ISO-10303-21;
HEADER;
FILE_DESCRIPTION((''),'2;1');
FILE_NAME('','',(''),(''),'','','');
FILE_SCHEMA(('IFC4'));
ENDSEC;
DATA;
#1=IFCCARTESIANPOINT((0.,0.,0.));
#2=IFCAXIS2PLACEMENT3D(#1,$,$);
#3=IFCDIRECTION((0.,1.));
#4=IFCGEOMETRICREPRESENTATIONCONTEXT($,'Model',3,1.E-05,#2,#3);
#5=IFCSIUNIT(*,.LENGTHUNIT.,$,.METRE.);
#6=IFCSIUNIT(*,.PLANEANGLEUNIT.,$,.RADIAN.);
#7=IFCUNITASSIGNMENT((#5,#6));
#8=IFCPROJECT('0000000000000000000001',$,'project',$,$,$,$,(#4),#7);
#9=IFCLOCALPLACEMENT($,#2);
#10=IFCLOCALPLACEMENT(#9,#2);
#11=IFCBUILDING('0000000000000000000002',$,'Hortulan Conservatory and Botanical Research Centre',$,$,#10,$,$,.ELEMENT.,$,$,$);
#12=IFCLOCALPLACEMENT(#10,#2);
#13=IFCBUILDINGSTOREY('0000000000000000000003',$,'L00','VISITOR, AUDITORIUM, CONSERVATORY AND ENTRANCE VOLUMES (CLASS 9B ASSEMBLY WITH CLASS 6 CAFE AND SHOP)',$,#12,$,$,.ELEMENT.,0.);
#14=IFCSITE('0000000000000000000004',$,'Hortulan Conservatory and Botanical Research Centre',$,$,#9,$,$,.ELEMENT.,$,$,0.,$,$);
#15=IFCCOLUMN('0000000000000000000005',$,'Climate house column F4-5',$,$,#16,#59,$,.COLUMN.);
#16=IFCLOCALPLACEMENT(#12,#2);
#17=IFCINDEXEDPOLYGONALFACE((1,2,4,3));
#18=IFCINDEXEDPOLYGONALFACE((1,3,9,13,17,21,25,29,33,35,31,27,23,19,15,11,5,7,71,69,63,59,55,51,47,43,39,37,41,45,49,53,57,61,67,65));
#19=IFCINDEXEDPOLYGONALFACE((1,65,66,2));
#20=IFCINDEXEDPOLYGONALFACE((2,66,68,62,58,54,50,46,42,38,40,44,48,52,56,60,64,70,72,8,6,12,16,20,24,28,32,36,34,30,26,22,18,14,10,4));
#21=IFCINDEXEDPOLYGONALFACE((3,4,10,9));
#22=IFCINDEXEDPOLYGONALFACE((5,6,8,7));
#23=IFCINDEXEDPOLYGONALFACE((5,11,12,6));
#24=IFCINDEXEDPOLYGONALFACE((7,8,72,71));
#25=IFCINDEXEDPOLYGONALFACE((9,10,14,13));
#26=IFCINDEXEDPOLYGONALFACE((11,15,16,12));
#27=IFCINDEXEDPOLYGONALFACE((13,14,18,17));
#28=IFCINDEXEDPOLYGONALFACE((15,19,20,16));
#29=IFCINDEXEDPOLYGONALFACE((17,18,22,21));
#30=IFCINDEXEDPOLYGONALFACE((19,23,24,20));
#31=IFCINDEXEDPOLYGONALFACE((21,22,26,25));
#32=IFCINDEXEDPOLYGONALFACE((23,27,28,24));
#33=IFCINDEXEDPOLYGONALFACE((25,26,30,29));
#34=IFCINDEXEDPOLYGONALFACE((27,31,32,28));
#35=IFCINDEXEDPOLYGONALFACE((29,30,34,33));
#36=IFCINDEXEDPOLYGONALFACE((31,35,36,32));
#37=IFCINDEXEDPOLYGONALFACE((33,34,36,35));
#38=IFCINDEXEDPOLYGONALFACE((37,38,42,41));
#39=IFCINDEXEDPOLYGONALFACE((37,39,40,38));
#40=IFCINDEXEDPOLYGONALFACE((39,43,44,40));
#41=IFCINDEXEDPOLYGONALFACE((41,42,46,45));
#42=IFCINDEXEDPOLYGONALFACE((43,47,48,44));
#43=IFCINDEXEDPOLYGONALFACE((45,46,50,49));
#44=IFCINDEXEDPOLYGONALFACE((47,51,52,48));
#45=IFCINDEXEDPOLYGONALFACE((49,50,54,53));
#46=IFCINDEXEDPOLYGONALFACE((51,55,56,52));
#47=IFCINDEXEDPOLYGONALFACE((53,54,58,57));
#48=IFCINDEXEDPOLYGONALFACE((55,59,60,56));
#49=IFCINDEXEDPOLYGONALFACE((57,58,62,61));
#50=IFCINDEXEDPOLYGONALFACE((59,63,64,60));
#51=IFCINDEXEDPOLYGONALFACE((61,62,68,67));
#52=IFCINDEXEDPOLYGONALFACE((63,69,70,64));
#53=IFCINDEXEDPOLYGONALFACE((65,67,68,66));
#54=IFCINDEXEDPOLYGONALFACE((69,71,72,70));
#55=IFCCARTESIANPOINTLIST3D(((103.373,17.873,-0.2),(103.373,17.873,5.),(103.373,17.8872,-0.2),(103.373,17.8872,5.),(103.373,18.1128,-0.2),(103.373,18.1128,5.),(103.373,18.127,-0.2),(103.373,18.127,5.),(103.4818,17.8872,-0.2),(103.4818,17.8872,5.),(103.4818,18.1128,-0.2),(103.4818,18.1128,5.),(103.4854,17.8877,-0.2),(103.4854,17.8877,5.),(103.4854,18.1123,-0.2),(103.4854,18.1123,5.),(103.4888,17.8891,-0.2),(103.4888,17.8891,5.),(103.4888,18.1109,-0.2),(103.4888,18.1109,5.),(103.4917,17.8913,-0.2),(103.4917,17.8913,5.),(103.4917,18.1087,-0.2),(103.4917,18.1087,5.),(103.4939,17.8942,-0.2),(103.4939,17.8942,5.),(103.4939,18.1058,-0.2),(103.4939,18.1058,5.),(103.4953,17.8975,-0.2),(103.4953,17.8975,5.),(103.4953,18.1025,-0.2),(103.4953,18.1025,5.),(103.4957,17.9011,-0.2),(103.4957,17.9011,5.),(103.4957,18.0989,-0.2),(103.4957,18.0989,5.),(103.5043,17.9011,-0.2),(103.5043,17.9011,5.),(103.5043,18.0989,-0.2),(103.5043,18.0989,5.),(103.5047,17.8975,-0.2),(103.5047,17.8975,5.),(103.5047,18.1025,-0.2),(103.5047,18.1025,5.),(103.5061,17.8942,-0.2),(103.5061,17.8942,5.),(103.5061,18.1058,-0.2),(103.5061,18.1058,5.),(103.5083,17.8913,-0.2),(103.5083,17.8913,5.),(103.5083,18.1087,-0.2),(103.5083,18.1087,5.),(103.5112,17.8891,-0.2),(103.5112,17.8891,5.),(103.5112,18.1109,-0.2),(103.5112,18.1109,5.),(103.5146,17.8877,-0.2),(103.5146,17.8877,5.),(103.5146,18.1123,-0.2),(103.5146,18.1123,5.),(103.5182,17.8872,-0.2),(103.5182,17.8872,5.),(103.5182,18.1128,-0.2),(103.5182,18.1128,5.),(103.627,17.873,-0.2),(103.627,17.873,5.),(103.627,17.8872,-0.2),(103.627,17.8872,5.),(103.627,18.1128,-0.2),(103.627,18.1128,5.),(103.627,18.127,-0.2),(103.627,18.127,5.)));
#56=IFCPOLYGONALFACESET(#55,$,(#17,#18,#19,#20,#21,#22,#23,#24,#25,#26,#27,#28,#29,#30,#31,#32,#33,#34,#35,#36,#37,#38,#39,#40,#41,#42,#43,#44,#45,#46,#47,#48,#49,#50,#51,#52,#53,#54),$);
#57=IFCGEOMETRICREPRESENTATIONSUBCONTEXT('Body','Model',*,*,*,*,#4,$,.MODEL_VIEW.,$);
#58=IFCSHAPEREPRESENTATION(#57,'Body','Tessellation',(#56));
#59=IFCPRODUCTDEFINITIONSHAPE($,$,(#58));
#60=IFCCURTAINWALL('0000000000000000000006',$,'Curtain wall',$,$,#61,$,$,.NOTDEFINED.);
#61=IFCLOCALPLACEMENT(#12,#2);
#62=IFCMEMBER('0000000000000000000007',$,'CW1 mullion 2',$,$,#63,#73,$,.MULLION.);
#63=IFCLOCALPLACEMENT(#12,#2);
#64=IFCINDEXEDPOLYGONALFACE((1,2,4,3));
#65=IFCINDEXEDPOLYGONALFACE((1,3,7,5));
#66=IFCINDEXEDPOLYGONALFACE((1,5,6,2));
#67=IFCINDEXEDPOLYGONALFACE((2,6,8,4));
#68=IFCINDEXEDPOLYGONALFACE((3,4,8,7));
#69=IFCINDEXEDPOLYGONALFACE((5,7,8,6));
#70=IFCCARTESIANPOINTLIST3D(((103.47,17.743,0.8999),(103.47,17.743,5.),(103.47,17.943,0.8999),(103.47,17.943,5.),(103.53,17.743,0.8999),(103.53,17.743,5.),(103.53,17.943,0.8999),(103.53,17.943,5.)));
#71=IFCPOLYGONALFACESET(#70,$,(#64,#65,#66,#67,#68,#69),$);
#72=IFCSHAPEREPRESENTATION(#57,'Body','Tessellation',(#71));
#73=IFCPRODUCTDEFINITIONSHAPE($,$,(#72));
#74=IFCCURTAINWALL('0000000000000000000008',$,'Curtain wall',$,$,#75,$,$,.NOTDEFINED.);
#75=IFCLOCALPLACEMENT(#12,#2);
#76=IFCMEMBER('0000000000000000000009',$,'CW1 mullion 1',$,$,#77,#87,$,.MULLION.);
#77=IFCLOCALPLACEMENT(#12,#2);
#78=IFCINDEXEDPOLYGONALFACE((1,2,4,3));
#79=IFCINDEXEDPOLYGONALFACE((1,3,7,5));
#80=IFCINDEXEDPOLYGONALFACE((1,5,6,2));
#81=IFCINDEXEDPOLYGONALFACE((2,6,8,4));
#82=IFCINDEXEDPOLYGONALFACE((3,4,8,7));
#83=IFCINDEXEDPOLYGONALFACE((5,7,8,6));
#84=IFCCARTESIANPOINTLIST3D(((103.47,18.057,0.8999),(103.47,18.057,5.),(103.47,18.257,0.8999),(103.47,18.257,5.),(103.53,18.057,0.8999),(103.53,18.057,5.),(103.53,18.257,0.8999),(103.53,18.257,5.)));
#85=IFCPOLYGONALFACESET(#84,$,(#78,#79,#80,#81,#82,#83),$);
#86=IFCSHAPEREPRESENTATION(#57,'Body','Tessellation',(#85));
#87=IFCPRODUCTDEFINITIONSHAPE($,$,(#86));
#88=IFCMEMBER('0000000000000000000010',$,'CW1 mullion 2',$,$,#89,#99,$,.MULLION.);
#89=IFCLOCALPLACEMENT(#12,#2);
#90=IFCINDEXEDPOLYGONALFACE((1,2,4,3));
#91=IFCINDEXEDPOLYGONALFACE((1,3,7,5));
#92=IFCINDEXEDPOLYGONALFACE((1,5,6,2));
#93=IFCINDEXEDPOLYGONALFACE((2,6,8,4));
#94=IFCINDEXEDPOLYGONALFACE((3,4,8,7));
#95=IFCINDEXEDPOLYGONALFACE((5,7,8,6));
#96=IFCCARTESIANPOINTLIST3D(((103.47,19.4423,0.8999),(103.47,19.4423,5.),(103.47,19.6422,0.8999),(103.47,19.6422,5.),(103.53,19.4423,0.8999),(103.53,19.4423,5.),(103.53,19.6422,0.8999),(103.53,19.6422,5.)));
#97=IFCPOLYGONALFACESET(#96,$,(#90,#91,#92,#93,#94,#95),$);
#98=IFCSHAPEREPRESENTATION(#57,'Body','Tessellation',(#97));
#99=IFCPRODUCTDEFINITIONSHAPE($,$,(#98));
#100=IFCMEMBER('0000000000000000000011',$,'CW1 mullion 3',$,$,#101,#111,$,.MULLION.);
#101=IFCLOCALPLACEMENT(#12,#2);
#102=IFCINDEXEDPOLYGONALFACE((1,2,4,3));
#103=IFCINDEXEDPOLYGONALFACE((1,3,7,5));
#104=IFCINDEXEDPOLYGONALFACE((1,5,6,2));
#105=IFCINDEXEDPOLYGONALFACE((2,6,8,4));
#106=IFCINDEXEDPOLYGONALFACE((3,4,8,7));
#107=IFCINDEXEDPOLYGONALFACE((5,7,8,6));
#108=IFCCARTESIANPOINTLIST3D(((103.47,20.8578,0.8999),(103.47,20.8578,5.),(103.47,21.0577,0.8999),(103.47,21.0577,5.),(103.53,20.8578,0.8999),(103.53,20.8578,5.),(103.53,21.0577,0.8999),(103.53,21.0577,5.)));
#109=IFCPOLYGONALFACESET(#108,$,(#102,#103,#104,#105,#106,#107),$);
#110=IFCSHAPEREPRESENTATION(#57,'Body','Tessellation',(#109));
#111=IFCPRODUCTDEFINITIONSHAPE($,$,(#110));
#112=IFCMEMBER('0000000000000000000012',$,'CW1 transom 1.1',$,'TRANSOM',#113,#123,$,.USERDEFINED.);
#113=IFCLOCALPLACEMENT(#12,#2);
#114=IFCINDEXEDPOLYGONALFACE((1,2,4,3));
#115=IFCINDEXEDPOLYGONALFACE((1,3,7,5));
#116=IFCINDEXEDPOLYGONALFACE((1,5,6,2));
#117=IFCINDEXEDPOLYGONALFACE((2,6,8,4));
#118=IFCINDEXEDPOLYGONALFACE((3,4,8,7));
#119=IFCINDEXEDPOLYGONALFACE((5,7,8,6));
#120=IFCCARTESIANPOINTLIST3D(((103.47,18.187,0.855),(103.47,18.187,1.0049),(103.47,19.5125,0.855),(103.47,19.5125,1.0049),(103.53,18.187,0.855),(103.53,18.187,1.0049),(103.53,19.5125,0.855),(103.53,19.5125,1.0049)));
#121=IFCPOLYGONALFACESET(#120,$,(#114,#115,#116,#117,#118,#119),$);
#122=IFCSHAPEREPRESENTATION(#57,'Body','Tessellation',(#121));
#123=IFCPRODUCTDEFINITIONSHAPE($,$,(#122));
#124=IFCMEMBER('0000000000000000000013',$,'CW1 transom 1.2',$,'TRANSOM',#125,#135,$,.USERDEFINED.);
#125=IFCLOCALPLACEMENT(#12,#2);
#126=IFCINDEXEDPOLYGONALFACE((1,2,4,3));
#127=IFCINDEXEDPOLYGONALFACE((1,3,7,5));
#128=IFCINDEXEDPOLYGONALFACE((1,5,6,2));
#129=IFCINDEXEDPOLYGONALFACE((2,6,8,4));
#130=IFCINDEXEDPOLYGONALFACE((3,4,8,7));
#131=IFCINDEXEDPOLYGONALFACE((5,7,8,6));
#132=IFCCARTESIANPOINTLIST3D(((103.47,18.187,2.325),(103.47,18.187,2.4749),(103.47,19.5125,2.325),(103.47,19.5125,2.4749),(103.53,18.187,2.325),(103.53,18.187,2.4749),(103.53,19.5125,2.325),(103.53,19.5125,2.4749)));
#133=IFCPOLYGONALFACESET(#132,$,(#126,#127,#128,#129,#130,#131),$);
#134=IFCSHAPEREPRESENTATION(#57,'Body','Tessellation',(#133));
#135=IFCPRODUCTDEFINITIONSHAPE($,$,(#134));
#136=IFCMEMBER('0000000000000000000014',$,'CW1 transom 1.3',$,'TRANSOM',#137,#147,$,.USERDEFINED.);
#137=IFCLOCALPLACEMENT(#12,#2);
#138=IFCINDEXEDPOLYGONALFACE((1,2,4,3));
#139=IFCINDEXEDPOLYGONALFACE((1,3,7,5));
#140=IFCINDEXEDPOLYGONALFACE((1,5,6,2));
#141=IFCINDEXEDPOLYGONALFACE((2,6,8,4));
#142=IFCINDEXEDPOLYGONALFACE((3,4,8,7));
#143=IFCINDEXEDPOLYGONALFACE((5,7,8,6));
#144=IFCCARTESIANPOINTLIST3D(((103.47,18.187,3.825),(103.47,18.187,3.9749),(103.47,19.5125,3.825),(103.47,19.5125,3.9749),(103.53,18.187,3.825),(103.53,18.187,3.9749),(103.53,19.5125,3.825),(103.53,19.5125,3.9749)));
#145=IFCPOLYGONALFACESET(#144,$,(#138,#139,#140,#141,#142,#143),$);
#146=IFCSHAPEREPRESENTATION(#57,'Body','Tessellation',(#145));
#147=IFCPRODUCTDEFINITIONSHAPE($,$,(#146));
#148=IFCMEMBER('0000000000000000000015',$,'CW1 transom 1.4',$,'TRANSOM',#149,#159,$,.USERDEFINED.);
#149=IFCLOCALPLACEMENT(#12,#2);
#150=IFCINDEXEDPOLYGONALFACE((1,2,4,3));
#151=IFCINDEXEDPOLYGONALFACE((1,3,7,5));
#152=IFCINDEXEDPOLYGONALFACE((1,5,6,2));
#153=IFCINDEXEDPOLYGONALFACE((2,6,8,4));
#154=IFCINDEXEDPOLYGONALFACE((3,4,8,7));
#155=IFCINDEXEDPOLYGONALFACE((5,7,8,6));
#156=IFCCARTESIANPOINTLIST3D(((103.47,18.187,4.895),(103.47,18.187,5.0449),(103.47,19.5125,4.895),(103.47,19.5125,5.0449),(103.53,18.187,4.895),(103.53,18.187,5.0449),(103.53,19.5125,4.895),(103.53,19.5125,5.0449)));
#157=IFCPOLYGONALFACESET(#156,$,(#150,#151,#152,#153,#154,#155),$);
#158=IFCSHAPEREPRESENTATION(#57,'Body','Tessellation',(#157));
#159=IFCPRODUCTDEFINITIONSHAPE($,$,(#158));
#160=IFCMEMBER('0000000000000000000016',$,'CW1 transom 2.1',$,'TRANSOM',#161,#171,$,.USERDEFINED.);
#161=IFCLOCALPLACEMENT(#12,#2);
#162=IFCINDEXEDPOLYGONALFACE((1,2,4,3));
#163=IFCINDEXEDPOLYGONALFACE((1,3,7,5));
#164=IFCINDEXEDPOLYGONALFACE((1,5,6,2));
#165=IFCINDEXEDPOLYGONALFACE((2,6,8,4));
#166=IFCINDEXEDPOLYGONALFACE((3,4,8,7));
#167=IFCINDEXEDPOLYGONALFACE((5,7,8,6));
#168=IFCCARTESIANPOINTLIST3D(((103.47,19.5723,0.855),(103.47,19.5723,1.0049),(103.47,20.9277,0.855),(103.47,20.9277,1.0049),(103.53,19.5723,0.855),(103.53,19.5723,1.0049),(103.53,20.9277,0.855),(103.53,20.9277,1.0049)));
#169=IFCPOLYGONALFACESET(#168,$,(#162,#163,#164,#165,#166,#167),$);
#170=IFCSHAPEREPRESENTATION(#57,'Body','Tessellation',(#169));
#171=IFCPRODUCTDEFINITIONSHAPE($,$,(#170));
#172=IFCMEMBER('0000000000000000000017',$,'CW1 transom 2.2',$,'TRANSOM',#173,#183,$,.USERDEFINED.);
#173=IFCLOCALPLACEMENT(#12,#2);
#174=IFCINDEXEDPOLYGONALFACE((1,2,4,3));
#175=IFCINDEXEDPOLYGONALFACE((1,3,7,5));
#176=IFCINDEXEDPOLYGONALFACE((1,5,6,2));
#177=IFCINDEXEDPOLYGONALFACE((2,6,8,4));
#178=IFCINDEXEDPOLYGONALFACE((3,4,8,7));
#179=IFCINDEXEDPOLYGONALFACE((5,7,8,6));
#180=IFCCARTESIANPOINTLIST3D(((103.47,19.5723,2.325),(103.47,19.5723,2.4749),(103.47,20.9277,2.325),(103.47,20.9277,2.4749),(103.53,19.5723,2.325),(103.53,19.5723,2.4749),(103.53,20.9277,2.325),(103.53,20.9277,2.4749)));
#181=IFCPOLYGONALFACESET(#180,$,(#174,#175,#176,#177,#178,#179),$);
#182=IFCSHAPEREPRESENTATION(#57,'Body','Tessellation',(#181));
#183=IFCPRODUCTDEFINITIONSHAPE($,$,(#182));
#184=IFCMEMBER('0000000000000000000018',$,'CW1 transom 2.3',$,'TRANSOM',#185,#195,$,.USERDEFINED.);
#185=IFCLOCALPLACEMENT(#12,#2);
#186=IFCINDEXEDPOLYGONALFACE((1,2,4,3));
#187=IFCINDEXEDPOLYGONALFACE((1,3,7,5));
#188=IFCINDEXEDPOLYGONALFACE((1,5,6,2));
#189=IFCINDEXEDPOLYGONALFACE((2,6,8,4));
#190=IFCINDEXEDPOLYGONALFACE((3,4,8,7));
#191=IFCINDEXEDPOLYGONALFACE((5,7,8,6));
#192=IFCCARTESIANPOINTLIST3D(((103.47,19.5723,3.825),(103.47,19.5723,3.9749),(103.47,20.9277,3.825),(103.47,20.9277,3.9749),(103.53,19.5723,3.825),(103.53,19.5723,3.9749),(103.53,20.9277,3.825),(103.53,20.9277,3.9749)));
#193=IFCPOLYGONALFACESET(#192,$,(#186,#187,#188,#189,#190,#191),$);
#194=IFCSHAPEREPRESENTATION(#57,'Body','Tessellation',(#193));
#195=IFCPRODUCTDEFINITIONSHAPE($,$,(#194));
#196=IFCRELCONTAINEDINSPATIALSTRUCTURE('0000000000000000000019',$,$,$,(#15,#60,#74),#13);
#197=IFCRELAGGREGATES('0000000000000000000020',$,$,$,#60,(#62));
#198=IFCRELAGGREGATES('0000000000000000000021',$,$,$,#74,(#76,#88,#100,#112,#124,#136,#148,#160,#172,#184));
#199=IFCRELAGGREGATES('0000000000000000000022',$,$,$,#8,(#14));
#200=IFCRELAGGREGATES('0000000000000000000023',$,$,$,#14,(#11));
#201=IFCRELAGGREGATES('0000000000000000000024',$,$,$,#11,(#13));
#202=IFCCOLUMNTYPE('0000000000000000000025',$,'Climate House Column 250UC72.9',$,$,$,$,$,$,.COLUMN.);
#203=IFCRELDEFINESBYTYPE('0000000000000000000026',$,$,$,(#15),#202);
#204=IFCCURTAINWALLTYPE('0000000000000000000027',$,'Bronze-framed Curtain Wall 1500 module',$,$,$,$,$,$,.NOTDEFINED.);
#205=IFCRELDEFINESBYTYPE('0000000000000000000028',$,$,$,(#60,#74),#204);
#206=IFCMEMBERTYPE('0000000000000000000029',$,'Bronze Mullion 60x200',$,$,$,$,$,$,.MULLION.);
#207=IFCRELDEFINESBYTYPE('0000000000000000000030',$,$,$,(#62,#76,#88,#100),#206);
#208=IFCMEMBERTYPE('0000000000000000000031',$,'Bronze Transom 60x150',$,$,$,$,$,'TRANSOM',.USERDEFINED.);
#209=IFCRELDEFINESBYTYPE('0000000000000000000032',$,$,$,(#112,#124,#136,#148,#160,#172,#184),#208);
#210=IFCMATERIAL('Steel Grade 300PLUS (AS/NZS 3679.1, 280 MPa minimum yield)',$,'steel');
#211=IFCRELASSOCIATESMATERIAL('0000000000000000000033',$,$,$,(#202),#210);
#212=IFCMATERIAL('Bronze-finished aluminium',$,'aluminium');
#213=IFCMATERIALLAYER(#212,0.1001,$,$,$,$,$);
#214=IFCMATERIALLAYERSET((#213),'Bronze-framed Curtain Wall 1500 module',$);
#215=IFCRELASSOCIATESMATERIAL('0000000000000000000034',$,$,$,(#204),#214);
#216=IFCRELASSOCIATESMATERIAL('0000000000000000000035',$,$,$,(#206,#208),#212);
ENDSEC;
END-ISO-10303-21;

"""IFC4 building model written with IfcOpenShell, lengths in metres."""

from ifc_helpers import new_model, si_unit, direction, frame, origin, origin_2d, place, context, subcontext, project, spatial, rectangle, i_section, extrude, material, layer, layer_set, material_profile, profile_set, type_object, element, aggregate, save


model = new_model("IFC4")

# Units and contexts
model_context = context("Model", 3, precision=1e-05, world=origin(), true_north=direction((0.0, 1.0)))
body_context = subcontext(model_context, "Body", "Model", "MODEL_VIEW")
ifc_project = project(units=[si_unit("LENGTHUNIT", "METRE"), si_unit("PLANEANGLEUNIT", "RADIAN")], contexts=[model_context])

# Site, building, storey
site_placement = place(None, origin())
site = spatial("IfcSite", under=ifc_project, at=site_placement, Name="Hortulan Conservatory and Botanical Research Centre", CompositionType="ELEMENT", RefElevation=0.0)
building_placement = place(site_placement, origin())
building = spatial("IfcBuilding", under=site, at=building_placement, Name="Hortulan Conservatory and Botanical Research Centre", CompositionType="ELEMENT")
storey_placement = place(building_placement, origin())
storey = spatial("IfcBuildingStorey", under=building, at=storey_placement, Name="L00", Description="VISITOR, AUDITORIUM, CONSERVATORY AND ENTRANCE VOLUMES (CLASS 9B ASSEMBLY WITH CLASS 6 CAFE AND SHOP)", CompositionType="ELEMENT", Elevation=0.0)

# Column
ifc_material_1 = material(Name="Steel Grade 300PLUS (AS/NZS 3679.1, 280 MPa minimum yield)", Category="steel")
ifc_material_profile_1 = material_profile(ifc_material_1, i_section(OverallWidth=0.2539, OverallDepth=0.2539, WebThickness=0.0085, FlangeThickness=0.0142, FilletRadius=0.0139, at=origin_2d()), Name="250UC72.9")
ifc_profile_set_1 = profile_set([ifc_material_profile_1], Name="Steel Grade 300PLUS (AS/NZS 3679.1, 280 MPa minimum yield)")
column_type = type_object("IfcColumnType", Name="Climate House Column 250UC72.9", PredefinedType="COLUMN", material=ifc_profile_set_1)
column_placement = place(storey_placement, frame((103.5, 18.0, -0.2), z_axis=(0.0, 0.0, 1.0), x_axis=(1.0, 0.0, 0.0)))
element("IfcColumn", 1, at=column_placement, inside=storey, type_object=column_type, Name="Climate house column F4-5", PredefinedType="COLUMN", context=body_context, shape_type="SweptSolid", body=[
    extrude(i_section(OverallWidth=0.2539, OverallDepth=0.2539, WebThickness=0.0085, FlangeThickness=0.0142, FilletRadius=0.0139, at=origin_2d()), origin(), (0.0, 0.0, 1.0), 5.2),
])

# Curtain wall, member
ifc_material_2 = material(Name="Bronze-finished aluminium", Category="aluminium")
ifc_layer_1 = layer(ifc_material_2, 0.1001)
ifc_layer_set_1 = layer_set([ifc_layer_1], Name="Bronze-framed Curtain Wall 1500 module")
curtain_wall_type = type_object("IfcCurtainWallType", Name="Bronze-framed Curtain Wall 1500 module", PredefinedType="NOTDEFINED", material=ifc_layer_set_1)
curtain_wall_1_placement = place(storey_placement, origin())
curtain_wall_1 = element("IfcCurtainWall", 2, at=curtain_wall_1_placement, inside=storey, type_object=curtain_wall_type, Name="Curtain wall", PredefinedType="NOTDEFINED")
ifc_material_profile_2 = material_profile(ifc_material_2, rectangle(XDim=0.0601, YDim=0.2, at=origin_2d()), Name="Bronze Mullion 60x200")
ifc_profile_set_2 = profile_set([ifc_material_profile_2], Name="Bronze-finished aluminium")
member_type_1 = type_object("IfcMemberType", Name="Bronze Mullion 60x200", PredefinedType="MULLION", material=ifc_profile_set_2)
member_1_placement = place(storey_placement, frame((103.5, 17.843, 0.8999), z_axis=(0.0, 0.0, 1.0), x_axis=(-1.0, 0.0, 0.0)))
member_1 = element("IfcMember", 3, at=member_1_placement, type_object=member_type_1, Name="CW1 mullion 2", PredefinedType="MULLION", context=body_context, shape_type="SweptSolid", body=[
    extrude(rectangle(XDim=0.0601, YDim=0.2, at=origin_2d()), origin(), (0.0, 0.0, 1.0), 4.1001),
])

# Curtain wall, members
curtain_wall_2_placement = place(storey_placement, origin())
curtain_wall_2 = element("IfcCurtainWall", 4, at=curtain_wall_2_placement, inside=storey, type_object=curtain_wall_type, Name="Curtain wall", PredefinedType="NOTDEFINED")
member_2_placement = place(storey_placement, frame((103.5, 18.157, 0.8999), z_axis=(0.0, 0.0, 1.0), x_axis=(-1.0, 0.0, 0.0)))
member_2 = element("IfcMember", 5, at=member_2_placement, type_object=member_type_1, Name="CW1 mullion 1", PredefinedType="MULLION", context=body_context, shape_type="SweptSolid", body=[
    extrude(rectangle(XDim=0.0601, YDim=0.2, at=origin_2d()), origin(), (0.0, 0.0, 1.0), 4.1001),
])
member_3_placement = place(storey_placement, frame((103.5, 19.5422, 0.8999), z_axis=(0.0, 0.0, 1.0), x_axis=(-1.0, 0.0, 0.0)))
member_3 = element("IfcMember", 6, at=member_3_placement, type_object=member_type_1, Name="CW1 mullion 2", PredefinedType="MULLION", context=body_context, shape_type="SweptSolid", body=[
    extrude(rectangle(XDim=0.0601, YDim=0.2, at=origin_2d()), origin(), (0.0, 0.0, 1.0), 4.1001),
])
member_4_placement = place(storey_placement, frame((103.5, 20.9578, 0.8999), z_axis=(0.0, 0.0, 1.0), x_axis=(-1.0, 0.0, 0.0)))
member_4 = element("IfcMember", 7, at=member_4_placement, type_object=member_type_1, Name="CW1 mullion 3", PredefinedType="MULLION", context=body_context, shape_type="SweptSolid", body=[
    extrude(rectangle(XDim=0.0601, YDim=0.2, at=origin_2d()), origin(), (0.0, 0.0, 1.0), 4.1001),
])
ifc_material_profile_3 = material_profile(ifc_material_2, rectangle(XDim=0.0601, YDim=0.1499, at=origin_2d()), Name="Bronze Transom 60x150")
ifc_profile_set_3 = profile_set([ifc_material_profile_3], Name="Bronze-finished aluminium")
member_type_2 = type_object("IfcMemberType", Name="Bronze Transom 60x150", ElementType="TRANSOM", PredefinedType="USERDEFINED", material=ifc_profile_set_3)
member_5_placement = place(storey_placement, frame((103.5, 18.187, 0.9299), z_axis=(0.0, 1.0, 0.0), x_axis=(-1.0, 0.0, 0.0)))
member_5 = element("IfcMember", 8, at=member_5_placement, type_object=member_type_2, Name="CW1 transom 1.1", ObjectType="TRANSOM", PredefinedType="USERDEFINED", context=body_context, shape_type="SweptSolid", body=[
    extrude(rectangle(XDim=0.0601, YDim=0.1499, at=origin_2d()), origin(), (0.0, 0.0, 1.0), 1.3254),
])
member_6_placement = place(storey_placement, frame((103.5, 18.187, 2.3999), z_axis=(0.0, 1.0, 0.0), x_axis=(-1.0, 0.0, 0.0)))
member_6 = element("IfcMember", 9, at=member_6_placement, type_object=member_type_2, Name="CW1 transom 1.2", ObjectType="TRANSOM", PredefinedType="USERDEFINED", context=body_context, shape_type="SweptSolid", body=[
    extrude(rectangle(XDim=0.0601, YDim=0.1499, at=origin_2d()), origin(), (0.0, 0.0, 1.0), 1.3254),
])
member_7_placement = place(storey_placement, frame((103.5, 18.187, 3.8999), z_axis=(0.0, 1.0, 0.0), x_axis=(-1.0, 0.0, 0.0)))
member_7 = element("IfcMember", 10, at=member_7_placement, type_object=member_type_2, Name="CW1 transom 1.3", ObjectType="TRANSOM", PredefinedType="USERDEFINED", context=body_context, shape_type="SweptSolid", body=[
    extrude(rectangle(XDim=0.0601, YDim=0.1499, at=origin_2d()), origin(), (0.0, 0.0, 1.0), 1.3254),
])
member_8_placement = place(storey_placement, frame((103.5, 18.187, 4.97), z_axis=(0.0, 1.0, 0.0), x_axis=(-1.0, 0.0, 0.0)))
member_8 = element("IfcMember", 11, at=member_8_placement, type_object=member_type_2, Name="CW1 transom 1.4", ObjectType="TRANSOM", PredefinedType="USERDEFINED", context=body_context, shape_type="SweptSolid", body=[
    extrude(rectangle(XDim=0.0601, YDim=0.1499, at=origin_2d()), origin(), (0.0, 0.0, 1.0), 1.3254),
])
member_9_placement = place(storey_placement, frame((103.5, 19.5723, 0.9299), z_axis=(0.0, 1.0, 0.0), x_axis=(-1.0, 0.0, 0.0)))
member_9 = element("IfcMember", 12, at=member_9_placement, type_object=member_type_2, Name="CW1 transom 2.1", ObjectType="TRANSOM", PredefinedType="USERDEFINED", context=body_context, shape_type="SweptSolid", body=[
    extrude(rectangle(XDim=0.0601, YDim=0.1499, at=origin_2d()), origin(), (0.0, 0.0, 1.0), 1.3555),
])
member_10_placement = place(storey_placement, frame((103.5, 19.5723, 2.3999), z_axis=(0.0, 1.0, 0.0), x_axis=(-1.0, 0.0, 0.0)))
member_10 = element("IfcMember", 13, at=member_10_placement, type_object=member_type_2, Name="CW1 transom 2.2", ObjectType="TRANSOM", PredefinedType="USERDEFINED", context=body_context, shape_type="SweptSolid", body=[
    extrude(rectangle(XDim=0.0601, YDim=0.1499, at=origin_2d()), origin(), (0.0, 0.0, 1.0), 1.3555),
])
member_11_placement = place(storey_placement, frame((103.5, 19.5723, 3.8999), z_axis=(0.0, 1.0, 0.0), x_axis=(-1.0, 0.0, 0.0)))
member_11 = element("IfcMember", 14, at=member_11_placement, type_object=member_type_2, Name="CW1 transom 2.3", ObjectType="TRANSOM", PredefinedType="USERDEFINED", context=body_context, shape_type="SweptSolid", body=[
    extrude(rectangle(XDim=0.0601, YDim=0.1499, at=origin_2d()), origin(), (0.0, 0.0, 1.0), 1.3555),
])

aggregate(curtain_wall_1, [member_1])
aggregate(curtain_wall_2, [member_2, member_3, member_4, member_5, member_6, member_7, member_8, member_9, member_10, member_11])

save(model, "model.ifc")
